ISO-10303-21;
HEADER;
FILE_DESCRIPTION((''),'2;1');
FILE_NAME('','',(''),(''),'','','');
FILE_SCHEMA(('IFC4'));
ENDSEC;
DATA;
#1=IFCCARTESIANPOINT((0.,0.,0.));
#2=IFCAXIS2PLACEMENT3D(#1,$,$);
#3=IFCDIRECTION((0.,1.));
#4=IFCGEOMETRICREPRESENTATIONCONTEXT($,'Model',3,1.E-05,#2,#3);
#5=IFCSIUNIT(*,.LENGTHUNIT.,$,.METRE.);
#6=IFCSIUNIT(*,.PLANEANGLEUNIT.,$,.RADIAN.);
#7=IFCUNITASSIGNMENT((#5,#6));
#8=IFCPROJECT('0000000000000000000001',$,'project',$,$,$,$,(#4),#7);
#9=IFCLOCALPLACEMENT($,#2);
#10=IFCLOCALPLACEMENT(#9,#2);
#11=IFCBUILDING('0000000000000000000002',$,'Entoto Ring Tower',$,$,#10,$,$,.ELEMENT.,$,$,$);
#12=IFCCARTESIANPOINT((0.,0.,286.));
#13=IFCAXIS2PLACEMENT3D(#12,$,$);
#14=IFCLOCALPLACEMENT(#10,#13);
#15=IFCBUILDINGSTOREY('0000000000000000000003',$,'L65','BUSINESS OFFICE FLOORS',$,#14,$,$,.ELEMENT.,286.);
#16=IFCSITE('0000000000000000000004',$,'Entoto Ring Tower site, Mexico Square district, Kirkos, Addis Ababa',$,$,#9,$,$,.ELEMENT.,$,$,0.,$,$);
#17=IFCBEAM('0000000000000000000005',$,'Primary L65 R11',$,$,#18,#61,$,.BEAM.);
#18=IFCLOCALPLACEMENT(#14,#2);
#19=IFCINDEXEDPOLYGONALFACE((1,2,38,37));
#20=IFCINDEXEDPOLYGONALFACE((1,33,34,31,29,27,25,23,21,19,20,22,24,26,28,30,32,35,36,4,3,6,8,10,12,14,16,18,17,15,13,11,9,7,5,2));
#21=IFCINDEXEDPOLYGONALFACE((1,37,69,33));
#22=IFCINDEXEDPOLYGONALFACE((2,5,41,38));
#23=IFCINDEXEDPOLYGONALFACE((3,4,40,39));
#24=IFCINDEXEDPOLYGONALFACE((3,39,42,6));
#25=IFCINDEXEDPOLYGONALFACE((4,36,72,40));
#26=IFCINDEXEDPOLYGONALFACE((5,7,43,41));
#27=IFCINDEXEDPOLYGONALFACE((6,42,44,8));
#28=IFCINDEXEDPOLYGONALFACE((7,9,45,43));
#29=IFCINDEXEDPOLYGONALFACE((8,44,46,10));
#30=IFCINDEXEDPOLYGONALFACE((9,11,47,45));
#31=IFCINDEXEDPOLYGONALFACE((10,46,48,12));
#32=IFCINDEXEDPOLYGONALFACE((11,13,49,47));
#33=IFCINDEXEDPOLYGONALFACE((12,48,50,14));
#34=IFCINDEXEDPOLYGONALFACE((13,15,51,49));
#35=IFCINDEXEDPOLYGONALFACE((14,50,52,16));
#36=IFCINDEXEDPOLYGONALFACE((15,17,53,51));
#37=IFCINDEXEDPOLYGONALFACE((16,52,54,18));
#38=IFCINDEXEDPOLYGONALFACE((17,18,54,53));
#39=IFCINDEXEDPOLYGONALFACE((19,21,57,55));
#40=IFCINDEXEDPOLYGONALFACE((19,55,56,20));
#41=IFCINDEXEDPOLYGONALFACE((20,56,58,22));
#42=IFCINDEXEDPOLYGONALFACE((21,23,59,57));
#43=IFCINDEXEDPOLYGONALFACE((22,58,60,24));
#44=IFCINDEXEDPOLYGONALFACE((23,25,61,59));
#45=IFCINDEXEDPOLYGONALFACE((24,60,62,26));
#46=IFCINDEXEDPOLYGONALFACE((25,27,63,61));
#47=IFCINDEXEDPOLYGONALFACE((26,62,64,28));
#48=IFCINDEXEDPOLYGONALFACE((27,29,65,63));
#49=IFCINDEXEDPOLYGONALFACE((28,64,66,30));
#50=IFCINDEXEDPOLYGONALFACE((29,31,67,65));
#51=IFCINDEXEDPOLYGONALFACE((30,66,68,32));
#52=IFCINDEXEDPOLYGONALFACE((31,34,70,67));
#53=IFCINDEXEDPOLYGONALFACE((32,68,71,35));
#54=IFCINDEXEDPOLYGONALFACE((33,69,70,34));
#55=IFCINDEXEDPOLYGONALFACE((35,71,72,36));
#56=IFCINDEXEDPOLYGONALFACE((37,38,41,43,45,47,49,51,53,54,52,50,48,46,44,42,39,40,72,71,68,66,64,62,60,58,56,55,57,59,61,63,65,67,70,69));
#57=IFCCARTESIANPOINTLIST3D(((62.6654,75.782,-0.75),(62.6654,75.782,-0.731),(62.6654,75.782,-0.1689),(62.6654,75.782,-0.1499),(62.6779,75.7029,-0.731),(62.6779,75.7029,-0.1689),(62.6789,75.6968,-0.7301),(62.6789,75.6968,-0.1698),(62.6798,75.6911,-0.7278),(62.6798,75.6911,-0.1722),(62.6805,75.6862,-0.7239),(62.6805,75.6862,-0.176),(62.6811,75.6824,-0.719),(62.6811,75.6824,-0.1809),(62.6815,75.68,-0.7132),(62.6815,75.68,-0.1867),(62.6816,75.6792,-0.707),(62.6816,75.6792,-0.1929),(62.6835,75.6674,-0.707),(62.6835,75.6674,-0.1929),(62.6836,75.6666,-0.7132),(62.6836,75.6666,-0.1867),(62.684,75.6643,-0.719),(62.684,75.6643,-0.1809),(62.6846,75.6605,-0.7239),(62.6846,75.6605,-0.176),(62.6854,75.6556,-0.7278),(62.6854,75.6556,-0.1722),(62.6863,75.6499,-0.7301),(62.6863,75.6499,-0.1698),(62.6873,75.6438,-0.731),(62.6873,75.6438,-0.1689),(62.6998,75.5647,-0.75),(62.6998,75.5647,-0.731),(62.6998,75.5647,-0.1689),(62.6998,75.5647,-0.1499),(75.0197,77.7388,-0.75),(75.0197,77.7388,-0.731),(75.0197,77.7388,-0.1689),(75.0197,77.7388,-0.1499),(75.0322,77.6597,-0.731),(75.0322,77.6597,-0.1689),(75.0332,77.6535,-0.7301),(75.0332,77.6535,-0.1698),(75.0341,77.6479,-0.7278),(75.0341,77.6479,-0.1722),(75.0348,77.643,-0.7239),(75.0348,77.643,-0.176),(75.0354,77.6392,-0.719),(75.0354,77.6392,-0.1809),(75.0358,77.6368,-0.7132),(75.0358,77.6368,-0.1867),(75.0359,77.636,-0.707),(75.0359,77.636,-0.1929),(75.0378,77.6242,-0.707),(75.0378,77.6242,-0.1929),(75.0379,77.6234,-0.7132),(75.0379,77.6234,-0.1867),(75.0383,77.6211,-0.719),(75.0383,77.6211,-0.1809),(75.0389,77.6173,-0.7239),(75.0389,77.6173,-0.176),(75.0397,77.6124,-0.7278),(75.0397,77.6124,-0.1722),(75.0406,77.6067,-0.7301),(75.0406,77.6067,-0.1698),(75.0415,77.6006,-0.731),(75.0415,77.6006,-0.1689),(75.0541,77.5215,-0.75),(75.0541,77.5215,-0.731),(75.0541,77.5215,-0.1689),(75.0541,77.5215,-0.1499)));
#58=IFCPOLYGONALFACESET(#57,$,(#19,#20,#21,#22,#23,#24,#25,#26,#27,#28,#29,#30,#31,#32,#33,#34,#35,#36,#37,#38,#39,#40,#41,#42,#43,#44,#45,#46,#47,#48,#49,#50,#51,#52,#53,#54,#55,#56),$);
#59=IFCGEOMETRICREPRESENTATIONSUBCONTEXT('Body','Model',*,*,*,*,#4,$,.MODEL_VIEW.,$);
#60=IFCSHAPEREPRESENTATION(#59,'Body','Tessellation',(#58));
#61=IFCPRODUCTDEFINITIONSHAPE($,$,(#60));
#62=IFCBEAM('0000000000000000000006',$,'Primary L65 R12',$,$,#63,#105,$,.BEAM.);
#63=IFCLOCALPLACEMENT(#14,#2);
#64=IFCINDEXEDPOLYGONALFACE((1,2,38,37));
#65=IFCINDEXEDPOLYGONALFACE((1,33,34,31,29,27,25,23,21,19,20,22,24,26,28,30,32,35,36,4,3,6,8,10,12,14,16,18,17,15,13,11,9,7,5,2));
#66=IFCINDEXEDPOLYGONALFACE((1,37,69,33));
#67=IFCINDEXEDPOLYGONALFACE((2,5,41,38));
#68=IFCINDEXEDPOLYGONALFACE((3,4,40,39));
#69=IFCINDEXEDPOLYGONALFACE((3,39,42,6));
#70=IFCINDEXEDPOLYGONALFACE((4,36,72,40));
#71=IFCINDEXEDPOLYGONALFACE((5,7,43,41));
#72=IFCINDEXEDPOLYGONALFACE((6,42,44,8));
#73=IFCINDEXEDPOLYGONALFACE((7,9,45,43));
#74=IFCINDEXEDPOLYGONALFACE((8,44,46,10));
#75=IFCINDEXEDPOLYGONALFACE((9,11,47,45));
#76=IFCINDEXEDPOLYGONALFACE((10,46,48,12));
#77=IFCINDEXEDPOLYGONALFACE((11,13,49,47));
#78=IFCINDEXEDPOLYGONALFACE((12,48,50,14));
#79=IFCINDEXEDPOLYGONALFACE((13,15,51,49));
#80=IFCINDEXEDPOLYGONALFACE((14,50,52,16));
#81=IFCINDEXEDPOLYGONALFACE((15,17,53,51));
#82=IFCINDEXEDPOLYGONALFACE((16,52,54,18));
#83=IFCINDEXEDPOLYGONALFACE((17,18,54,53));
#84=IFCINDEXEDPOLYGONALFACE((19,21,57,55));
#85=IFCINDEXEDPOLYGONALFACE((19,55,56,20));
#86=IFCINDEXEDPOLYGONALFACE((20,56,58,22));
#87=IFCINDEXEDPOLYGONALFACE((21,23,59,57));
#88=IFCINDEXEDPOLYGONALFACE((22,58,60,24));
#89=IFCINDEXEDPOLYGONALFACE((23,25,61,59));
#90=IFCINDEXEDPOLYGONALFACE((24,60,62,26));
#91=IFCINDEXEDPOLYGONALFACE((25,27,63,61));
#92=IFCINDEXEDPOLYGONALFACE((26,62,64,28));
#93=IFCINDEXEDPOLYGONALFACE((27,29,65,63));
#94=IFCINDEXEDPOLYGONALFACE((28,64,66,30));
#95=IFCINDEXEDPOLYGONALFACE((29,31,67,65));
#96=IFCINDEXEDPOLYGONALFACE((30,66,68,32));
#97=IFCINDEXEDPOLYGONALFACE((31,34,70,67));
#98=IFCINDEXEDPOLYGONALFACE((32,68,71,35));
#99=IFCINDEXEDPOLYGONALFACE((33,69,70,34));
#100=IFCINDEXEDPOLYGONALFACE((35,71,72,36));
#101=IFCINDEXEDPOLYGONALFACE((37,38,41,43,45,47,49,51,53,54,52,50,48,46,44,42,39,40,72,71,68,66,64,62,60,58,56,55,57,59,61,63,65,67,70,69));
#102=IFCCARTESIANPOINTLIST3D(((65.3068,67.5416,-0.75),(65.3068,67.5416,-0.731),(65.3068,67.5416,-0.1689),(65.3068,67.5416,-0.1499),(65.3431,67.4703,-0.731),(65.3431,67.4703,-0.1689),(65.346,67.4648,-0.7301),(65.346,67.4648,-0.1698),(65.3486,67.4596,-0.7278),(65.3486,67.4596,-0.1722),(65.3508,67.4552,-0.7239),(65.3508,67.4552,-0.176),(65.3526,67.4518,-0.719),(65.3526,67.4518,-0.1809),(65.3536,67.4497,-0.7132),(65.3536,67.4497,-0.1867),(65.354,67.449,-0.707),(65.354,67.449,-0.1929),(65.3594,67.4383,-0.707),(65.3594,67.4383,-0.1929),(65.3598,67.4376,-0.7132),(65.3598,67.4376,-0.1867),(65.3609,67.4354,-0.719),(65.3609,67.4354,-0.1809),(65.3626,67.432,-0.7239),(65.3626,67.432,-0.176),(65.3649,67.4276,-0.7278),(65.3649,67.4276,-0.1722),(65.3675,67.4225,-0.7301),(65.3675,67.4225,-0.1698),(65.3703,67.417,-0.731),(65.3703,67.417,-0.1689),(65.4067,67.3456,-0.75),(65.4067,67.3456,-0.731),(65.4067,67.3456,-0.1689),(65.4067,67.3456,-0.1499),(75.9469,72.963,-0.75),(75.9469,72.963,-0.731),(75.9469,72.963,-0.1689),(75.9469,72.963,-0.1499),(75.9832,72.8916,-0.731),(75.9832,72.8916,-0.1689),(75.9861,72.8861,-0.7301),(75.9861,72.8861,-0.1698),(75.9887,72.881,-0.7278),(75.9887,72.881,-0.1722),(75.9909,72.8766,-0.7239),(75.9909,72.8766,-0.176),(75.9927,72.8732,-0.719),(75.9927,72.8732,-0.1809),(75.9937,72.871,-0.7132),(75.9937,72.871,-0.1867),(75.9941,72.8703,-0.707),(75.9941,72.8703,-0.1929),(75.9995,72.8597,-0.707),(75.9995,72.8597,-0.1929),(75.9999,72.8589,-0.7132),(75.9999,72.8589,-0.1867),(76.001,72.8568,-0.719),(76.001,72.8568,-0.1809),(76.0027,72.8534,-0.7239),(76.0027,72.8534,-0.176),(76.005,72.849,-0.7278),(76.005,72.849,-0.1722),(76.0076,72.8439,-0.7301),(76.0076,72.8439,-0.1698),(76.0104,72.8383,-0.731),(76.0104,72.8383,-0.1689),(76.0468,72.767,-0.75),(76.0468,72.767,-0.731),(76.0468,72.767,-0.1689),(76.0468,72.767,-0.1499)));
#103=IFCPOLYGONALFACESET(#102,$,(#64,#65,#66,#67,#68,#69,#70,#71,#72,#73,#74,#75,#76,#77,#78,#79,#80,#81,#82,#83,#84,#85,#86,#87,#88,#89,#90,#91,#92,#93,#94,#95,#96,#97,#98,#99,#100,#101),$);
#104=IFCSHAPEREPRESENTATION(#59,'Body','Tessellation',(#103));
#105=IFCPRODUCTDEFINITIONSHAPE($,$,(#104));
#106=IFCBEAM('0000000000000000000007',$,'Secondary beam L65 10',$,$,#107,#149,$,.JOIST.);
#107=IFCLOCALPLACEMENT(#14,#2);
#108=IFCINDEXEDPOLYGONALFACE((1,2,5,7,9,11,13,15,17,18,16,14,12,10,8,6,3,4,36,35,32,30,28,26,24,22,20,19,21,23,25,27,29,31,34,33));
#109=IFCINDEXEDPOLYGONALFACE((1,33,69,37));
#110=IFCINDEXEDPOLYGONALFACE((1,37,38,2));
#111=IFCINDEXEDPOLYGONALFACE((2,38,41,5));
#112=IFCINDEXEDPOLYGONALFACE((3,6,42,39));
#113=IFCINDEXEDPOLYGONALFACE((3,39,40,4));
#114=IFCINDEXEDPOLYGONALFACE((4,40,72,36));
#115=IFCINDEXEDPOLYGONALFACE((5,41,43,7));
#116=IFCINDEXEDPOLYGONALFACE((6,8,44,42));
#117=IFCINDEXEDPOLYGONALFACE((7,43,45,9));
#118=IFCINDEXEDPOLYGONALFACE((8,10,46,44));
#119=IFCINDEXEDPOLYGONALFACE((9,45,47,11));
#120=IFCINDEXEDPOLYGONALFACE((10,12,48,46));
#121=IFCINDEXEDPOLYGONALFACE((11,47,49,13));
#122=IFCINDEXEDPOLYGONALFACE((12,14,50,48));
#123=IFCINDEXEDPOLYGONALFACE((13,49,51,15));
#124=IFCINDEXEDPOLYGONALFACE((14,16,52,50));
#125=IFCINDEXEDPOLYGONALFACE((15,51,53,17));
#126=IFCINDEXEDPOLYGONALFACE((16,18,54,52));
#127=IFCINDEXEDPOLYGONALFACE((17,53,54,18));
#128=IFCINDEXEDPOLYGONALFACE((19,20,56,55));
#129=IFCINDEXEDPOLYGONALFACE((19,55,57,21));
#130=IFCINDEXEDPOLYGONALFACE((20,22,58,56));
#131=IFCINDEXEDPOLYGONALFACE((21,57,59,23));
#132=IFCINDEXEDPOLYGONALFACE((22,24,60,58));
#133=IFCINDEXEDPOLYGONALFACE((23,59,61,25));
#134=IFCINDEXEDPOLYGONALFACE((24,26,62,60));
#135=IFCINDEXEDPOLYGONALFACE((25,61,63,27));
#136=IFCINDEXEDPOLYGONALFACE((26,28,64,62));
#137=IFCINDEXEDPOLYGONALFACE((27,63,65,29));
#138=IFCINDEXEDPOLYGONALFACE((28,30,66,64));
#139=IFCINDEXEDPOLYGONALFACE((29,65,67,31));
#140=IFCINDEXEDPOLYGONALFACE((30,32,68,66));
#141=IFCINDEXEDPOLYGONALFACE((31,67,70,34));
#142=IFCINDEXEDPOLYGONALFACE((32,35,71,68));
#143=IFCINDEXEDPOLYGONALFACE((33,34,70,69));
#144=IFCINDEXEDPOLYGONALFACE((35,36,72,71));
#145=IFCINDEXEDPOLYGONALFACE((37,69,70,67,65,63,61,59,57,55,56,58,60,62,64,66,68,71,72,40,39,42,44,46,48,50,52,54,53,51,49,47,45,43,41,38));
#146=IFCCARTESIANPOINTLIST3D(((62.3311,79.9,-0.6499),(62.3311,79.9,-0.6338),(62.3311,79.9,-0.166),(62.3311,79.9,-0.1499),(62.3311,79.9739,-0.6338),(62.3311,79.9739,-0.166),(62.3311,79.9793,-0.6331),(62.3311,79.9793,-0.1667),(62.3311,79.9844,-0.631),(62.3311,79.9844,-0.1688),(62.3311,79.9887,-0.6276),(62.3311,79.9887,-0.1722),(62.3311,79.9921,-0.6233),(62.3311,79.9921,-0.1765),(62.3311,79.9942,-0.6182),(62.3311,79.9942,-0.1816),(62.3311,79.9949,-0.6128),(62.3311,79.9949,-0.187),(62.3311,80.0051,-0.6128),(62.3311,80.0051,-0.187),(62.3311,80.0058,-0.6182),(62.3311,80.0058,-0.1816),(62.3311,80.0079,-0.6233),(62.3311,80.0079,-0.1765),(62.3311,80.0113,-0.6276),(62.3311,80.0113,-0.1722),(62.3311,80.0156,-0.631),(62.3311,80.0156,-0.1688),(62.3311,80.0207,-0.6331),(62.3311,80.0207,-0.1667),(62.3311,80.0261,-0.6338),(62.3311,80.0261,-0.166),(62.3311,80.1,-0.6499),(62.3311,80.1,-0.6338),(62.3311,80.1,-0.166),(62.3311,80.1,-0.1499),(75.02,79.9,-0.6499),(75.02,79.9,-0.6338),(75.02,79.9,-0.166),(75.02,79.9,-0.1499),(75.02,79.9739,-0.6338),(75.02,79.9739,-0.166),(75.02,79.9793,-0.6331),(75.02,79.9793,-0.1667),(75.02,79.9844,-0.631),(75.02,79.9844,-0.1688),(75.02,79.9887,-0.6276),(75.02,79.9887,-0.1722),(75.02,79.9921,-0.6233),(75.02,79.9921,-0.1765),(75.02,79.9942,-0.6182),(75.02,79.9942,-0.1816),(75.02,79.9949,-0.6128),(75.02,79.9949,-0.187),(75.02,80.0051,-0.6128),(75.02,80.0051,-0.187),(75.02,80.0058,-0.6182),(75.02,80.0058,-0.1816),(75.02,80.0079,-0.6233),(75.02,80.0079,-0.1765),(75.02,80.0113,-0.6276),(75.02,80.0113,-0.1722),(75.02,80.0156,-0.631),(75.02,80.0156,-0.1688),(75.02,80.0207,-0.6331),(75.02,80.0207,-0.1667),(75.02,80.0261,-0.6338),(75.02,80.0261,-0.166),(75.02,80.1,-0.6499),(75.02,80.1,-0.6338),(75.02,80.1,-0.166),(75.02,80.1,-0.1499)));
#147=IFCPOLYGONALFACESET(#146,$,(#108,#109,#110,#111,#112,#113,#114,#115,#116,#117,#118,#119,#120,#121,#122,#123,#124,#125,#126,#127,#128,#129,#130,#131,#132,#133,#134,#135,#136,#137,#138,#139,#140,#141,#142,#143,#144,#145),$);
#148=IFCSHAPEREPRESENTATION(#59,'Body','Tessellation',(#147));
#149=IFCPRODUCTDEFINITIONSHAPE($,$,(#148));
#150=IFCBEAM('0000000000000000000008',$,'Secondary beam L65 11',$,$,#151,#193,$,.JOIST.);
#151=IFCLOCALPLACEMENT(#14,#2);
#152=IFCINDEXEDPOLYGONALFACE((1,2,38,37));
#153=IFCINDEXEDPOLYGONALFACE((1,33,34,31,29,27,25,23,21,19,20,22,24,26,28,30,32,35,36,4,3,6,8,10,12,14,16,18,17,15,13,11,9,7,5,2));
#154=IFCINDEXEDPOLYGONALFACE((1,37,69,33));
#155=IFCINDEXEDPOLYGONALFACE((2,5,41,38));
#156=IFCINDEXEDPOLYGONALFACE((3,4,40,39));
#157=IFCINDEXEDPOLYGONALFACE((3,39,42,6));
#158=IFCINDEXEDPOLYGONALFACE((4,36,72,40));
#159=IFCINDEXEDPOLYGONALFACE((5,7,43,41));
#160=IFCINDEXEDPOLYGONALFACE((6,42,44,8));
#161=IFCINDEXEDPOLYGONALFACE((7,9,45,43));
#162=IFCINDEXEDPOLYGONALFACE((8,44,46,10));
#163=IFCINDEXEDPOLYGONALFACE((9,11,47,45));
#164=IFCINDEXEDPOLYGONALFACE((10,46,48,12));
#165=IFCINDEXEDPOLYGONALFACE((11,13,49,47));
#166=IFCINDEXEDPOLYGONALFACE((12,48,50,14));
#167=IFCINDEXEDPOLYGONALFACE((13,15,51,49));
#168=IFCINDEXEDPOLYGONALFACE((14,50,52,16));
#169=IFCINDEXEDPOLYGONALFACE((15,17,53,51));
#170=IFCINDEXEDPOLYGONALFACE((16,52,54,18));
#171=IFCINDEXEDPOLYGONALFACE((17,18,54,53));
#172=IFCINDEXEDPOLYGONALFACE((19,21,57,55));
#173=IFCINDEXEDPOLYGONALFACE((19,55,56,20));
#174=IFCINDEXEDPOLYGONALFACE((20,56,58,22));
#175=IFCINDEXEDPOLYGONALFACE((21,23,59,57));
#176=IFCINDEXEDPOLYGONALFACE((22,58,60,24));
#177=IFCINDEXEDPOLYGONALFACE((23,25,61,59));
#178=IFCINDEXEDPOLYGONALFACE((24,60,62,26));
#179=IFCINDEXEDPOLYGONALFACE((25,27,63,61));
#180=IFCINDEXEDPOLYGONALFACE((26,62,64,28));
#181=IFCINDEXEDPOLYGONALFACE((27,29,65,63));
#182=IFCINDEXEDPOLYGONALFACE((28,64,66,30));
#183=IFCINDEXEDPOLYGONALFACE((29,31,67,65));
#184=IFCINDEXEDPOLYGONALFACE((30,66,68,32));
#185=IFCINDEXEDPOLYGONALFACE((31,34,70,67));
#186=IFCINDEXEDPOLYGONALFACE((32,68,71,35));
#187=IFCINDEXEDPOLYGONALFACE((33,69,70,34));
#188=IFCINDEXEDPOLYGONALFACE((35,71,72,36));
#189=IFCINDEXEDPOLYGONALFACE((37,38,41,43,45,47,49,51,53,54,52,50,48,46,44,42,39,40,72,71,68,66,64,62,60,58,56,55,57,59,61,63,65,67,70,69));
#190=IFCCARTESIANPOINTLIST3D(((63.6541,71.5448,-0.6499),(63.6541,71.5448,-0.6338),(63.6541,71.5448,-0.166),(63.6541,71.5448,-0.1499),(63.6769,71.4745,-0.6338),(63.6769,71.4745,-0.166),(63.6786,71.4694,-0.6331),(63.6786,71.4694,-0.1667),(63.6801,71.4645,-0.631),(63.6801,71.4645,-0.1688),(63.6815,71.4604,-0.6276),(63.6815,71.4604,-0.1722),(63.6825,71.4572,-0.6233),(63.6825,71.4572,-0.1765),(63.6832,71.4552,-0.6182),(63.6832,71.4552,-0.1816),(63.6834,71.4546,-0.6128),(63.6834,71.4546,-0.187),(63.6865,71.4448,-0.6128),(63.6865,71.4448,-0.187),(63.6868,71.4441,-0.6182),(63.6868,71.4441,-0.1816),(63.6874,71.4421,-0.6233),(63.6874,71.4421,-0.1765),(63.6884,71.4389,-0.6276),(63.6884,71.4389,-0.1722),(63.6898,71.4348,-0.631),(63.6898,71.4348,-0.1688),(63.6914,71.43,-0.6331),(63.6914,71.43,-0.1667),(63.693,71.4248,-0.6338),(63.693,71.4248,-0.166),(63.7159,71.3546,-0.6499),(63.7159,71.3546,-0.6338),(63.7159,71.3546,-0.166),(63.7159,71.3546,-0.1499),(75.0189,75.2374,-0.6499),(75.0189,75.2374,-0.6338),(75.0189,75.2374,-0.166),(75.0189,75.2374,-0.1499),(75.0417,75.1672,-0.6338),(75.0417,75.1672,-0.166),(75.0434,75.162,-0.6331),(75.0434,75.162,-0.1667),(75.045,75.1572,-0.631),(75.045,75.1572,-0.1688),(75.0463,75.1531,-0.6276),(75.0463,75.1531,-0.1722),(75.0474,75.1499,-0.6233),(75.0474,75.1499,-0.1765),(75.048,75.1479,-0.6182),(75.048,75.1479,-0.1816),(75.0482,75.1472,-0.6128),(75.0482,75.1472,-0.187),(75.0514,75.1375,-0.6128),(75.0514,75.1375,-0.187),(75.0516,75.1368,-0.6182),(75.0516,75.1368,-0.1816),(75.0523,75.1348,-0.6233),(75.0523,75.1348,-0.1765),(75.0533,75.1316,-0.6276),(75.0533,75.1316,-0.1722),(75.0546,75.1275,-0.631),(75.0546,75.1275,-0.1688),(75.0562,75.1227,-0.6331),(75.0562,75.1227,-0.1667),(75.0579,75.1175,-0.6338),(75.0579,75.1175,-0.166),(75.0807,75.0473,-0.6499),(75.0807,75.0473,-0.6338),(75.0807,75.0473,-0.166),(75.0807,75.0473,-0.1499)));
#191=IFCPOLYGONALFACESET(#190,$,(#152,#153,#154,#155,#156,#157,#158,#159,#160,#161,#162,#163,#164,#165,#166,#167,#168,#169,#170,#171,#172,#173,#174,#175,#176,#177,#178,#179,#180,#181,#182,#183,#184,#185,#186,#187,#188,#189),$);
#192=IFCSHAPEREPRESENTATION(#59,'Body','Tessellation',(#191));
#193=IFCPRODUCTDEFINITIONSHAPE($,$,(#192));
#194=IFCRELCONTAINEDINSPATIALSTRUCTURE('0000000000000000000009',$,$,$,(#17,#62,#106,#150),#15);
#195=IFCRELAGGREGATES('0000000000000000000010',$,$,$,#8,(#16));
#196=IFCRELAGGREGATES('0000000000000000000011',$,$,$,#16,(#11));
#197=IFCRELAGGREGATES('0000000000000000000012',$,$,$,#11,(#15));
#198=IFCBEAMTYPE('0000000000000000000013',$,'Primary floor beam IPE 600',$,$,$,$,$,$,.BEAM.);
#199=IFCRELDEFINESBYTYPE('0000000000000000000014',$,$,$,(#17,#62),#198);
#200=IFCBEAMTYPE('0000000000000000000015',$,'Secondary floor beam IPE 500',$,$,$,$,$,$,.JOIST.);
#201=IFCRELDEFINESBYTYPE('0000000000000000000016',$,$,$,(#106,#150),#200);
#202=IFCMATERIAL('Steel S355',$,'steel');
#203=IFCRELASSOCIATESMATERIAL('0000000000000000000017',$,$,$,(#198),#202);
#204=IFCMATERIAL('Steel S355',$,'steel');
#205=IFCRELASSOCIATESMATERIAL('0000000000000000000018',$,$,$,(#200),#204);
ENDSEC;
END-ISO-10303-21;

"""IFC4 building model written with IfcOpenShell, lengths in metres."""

from ifc_helpers import new_model, si_unit, direction, frame, origin, origin_2d, place, context, subcontext, project, spatial, i_section, extrude, material, material_profile, profile_set, type_object, element, save


model = new_model("IFC4")

# Units and contexts
model_context = context("Model", 3, precision=1e-05, world=origin(), true_north=direction((0.0, 1.0)))
body_context = subcontext(model_context, "Body", "Model", "MODEL_VIEW")
ifc_project = project(units=[si_unit("LENGTHUNIT", "METRE"), si_unit("PLANEANGLEUNIT", "RADIAN")], contexts=[model_context])

# Site, building, storey
site_placement = place(None, origin())
site = spatial("IfcSite", under=ifc_project, at=site_placement, Name="Entoto Ring Tower site, Mexico Square district, Kirkos, Addis Ababa", CompositionType="ELEMENT", RefElevation=0.0)
building_placement = place(site_placement, origin())
building = spatial("IfcBuilding", under=site, at=building_placement, Name="Entoto Ring Tower", CompositionType="ELEMENT")
storey_placement = place(building_placement, frame((0.0, 0.0, 286.0)))
storey = spatial("IfcBuildingStorey", under=building, at=storey_placement, Name="L65", Description="BUSINESS OFFICE FLOORS", CompositionType="ELEMENT", Elevation=286.0)

# Beams
ifc_material_1 = material(Name="Steel S355", Category="steel")
ifc_material_profile_1 = material_profile(ifc_material_1, i_section(OverallWidth=0.22, OverallDepth=0.6001, WebThickness=0.012, FlangeThickness=0.019, FilletRadius=0.0239, at=origin_2d()), Name="IPE 600")
ifc_profile_set_1 = profile_set([ifc_material_profile_1], Name="Steel S355")
beam_type_1 = type_object("IfcBeamType", Name="Primary floor beam IPE 600", PredefinedType="BEAM", material=ifc_profile_set_1)
for number, where, z_axis, x_axis, name in (
    (1, (75.0369, 77.6301, -0.45), (-0.987688, -0.15644, 0.0), (0.15644, -0.987688, 0.0), "Primary L65 R11"),
):
    element("IfcBeam", number, at=place(storey_placement, frame(where, z_axis=z_axis, x_axis=x_axis)), inside=storey, type_object=beam_type_1, Name=name, PredefinedType="BEAM", context=body_context, shape_type="SweptSolid", body=[
        extrude(i_section(OverallWidth=0.22, OverallDepth=0.6001, WebThickness=0.012, FlangeThickness=0.019, FilletRadius=0.0239, at=origin_2d()), origin(), (0.0, 0.0, 1.0), 12.5083),
    ])
beam_1_placement = place(storey_placement, frame((75.9968, 72.865, -0.45), z_axis=(-0.891008, -0.453988, 0.0), x_axis=(0.453988, -0.891008, 0.0)))
element("IfcBeam", 2, at=beam_1_placement, inside=storey, type_object=beam_type_1, Name="Primary L65 R12", PredefinedType="BEAM", context=body_context, shape_type="SweptSolid", body=[
    extrude(i_section(OverallWidth=0.22, OverallDepth=0.6001, WebThickness=0.012, FlangeThickness=0.019, FilletRadius=0.0239, at=origin_2d()), origin(), (0.0, 0.0, 1.0), 11.9417),
])
ifc_material_2 = material(Name="Steel S355", Category="steel")
ifc_material_profile_2 = material_profile(ifc_material_2, i_section(OverallWidth=0.2, OverallDepth=0.5, WebThickness=0.0103, FlangeThickness=0.0161, FilletRadius=0.021, at=origin_2d()), Name="IPE 500")
ifc_profile_set_2 = profile_set([ifc_material_profile_2], Name="Steel S355")
beam_type_2 = type_object("IfcBeamType", Name="Secondary floor beam IPE 500", PredefinedType="JOIST", material=ifc_profile_set_2)
beam_2_placement = place(storey_placement, frame((75.02, 80.0, -0.3999), z_axis=(-1.0, 0.0, 0.0), x_axis=(0.0, -1.0, 0.0)))
element("IfcBeam", 3, at=beam_2_placement, inside=storey, type_object=beam_type_2, Name="Secondary beam L65 10", PredefinedType="JOIST", context=body_context, shape_type="SweptSolid", body=[
    extrude(i_section(OverallWidth=0.2, OverallDepth=0.5, WebThickness=0.0103, FlangeThickness=0.0161, FilletRadius=0.021, at=origin_2d()), origin(), (0.0, 0.0, 1.0), 12.689),
])
beam_3_placement = place(storey_placement, frame((75.0498, 75.1423, -0.3999), z_axis=(-0.951057, -0.309017, 0.0), x_axis=(0.309017, -0.951057, 0.0)))
element("IfcBeam", 4, at=beam_3_placement, inside=storey, type_object=beam_type_2, Name="Secondary beam L65 11", PredefinedType="JOIST", context=body_context, shape_type="SweptSolid", body=[
    extrude(i_section(OverallWidth=0.2, OverallDepth=0.5, WebThickness=0.0103, FlangeThickness=0.0161, FilletRadius=0.021, at=origin_2d()), origin(), (0.0, 0.0, 1.0), 11.9497),
])

save(model, "model.ifc")
